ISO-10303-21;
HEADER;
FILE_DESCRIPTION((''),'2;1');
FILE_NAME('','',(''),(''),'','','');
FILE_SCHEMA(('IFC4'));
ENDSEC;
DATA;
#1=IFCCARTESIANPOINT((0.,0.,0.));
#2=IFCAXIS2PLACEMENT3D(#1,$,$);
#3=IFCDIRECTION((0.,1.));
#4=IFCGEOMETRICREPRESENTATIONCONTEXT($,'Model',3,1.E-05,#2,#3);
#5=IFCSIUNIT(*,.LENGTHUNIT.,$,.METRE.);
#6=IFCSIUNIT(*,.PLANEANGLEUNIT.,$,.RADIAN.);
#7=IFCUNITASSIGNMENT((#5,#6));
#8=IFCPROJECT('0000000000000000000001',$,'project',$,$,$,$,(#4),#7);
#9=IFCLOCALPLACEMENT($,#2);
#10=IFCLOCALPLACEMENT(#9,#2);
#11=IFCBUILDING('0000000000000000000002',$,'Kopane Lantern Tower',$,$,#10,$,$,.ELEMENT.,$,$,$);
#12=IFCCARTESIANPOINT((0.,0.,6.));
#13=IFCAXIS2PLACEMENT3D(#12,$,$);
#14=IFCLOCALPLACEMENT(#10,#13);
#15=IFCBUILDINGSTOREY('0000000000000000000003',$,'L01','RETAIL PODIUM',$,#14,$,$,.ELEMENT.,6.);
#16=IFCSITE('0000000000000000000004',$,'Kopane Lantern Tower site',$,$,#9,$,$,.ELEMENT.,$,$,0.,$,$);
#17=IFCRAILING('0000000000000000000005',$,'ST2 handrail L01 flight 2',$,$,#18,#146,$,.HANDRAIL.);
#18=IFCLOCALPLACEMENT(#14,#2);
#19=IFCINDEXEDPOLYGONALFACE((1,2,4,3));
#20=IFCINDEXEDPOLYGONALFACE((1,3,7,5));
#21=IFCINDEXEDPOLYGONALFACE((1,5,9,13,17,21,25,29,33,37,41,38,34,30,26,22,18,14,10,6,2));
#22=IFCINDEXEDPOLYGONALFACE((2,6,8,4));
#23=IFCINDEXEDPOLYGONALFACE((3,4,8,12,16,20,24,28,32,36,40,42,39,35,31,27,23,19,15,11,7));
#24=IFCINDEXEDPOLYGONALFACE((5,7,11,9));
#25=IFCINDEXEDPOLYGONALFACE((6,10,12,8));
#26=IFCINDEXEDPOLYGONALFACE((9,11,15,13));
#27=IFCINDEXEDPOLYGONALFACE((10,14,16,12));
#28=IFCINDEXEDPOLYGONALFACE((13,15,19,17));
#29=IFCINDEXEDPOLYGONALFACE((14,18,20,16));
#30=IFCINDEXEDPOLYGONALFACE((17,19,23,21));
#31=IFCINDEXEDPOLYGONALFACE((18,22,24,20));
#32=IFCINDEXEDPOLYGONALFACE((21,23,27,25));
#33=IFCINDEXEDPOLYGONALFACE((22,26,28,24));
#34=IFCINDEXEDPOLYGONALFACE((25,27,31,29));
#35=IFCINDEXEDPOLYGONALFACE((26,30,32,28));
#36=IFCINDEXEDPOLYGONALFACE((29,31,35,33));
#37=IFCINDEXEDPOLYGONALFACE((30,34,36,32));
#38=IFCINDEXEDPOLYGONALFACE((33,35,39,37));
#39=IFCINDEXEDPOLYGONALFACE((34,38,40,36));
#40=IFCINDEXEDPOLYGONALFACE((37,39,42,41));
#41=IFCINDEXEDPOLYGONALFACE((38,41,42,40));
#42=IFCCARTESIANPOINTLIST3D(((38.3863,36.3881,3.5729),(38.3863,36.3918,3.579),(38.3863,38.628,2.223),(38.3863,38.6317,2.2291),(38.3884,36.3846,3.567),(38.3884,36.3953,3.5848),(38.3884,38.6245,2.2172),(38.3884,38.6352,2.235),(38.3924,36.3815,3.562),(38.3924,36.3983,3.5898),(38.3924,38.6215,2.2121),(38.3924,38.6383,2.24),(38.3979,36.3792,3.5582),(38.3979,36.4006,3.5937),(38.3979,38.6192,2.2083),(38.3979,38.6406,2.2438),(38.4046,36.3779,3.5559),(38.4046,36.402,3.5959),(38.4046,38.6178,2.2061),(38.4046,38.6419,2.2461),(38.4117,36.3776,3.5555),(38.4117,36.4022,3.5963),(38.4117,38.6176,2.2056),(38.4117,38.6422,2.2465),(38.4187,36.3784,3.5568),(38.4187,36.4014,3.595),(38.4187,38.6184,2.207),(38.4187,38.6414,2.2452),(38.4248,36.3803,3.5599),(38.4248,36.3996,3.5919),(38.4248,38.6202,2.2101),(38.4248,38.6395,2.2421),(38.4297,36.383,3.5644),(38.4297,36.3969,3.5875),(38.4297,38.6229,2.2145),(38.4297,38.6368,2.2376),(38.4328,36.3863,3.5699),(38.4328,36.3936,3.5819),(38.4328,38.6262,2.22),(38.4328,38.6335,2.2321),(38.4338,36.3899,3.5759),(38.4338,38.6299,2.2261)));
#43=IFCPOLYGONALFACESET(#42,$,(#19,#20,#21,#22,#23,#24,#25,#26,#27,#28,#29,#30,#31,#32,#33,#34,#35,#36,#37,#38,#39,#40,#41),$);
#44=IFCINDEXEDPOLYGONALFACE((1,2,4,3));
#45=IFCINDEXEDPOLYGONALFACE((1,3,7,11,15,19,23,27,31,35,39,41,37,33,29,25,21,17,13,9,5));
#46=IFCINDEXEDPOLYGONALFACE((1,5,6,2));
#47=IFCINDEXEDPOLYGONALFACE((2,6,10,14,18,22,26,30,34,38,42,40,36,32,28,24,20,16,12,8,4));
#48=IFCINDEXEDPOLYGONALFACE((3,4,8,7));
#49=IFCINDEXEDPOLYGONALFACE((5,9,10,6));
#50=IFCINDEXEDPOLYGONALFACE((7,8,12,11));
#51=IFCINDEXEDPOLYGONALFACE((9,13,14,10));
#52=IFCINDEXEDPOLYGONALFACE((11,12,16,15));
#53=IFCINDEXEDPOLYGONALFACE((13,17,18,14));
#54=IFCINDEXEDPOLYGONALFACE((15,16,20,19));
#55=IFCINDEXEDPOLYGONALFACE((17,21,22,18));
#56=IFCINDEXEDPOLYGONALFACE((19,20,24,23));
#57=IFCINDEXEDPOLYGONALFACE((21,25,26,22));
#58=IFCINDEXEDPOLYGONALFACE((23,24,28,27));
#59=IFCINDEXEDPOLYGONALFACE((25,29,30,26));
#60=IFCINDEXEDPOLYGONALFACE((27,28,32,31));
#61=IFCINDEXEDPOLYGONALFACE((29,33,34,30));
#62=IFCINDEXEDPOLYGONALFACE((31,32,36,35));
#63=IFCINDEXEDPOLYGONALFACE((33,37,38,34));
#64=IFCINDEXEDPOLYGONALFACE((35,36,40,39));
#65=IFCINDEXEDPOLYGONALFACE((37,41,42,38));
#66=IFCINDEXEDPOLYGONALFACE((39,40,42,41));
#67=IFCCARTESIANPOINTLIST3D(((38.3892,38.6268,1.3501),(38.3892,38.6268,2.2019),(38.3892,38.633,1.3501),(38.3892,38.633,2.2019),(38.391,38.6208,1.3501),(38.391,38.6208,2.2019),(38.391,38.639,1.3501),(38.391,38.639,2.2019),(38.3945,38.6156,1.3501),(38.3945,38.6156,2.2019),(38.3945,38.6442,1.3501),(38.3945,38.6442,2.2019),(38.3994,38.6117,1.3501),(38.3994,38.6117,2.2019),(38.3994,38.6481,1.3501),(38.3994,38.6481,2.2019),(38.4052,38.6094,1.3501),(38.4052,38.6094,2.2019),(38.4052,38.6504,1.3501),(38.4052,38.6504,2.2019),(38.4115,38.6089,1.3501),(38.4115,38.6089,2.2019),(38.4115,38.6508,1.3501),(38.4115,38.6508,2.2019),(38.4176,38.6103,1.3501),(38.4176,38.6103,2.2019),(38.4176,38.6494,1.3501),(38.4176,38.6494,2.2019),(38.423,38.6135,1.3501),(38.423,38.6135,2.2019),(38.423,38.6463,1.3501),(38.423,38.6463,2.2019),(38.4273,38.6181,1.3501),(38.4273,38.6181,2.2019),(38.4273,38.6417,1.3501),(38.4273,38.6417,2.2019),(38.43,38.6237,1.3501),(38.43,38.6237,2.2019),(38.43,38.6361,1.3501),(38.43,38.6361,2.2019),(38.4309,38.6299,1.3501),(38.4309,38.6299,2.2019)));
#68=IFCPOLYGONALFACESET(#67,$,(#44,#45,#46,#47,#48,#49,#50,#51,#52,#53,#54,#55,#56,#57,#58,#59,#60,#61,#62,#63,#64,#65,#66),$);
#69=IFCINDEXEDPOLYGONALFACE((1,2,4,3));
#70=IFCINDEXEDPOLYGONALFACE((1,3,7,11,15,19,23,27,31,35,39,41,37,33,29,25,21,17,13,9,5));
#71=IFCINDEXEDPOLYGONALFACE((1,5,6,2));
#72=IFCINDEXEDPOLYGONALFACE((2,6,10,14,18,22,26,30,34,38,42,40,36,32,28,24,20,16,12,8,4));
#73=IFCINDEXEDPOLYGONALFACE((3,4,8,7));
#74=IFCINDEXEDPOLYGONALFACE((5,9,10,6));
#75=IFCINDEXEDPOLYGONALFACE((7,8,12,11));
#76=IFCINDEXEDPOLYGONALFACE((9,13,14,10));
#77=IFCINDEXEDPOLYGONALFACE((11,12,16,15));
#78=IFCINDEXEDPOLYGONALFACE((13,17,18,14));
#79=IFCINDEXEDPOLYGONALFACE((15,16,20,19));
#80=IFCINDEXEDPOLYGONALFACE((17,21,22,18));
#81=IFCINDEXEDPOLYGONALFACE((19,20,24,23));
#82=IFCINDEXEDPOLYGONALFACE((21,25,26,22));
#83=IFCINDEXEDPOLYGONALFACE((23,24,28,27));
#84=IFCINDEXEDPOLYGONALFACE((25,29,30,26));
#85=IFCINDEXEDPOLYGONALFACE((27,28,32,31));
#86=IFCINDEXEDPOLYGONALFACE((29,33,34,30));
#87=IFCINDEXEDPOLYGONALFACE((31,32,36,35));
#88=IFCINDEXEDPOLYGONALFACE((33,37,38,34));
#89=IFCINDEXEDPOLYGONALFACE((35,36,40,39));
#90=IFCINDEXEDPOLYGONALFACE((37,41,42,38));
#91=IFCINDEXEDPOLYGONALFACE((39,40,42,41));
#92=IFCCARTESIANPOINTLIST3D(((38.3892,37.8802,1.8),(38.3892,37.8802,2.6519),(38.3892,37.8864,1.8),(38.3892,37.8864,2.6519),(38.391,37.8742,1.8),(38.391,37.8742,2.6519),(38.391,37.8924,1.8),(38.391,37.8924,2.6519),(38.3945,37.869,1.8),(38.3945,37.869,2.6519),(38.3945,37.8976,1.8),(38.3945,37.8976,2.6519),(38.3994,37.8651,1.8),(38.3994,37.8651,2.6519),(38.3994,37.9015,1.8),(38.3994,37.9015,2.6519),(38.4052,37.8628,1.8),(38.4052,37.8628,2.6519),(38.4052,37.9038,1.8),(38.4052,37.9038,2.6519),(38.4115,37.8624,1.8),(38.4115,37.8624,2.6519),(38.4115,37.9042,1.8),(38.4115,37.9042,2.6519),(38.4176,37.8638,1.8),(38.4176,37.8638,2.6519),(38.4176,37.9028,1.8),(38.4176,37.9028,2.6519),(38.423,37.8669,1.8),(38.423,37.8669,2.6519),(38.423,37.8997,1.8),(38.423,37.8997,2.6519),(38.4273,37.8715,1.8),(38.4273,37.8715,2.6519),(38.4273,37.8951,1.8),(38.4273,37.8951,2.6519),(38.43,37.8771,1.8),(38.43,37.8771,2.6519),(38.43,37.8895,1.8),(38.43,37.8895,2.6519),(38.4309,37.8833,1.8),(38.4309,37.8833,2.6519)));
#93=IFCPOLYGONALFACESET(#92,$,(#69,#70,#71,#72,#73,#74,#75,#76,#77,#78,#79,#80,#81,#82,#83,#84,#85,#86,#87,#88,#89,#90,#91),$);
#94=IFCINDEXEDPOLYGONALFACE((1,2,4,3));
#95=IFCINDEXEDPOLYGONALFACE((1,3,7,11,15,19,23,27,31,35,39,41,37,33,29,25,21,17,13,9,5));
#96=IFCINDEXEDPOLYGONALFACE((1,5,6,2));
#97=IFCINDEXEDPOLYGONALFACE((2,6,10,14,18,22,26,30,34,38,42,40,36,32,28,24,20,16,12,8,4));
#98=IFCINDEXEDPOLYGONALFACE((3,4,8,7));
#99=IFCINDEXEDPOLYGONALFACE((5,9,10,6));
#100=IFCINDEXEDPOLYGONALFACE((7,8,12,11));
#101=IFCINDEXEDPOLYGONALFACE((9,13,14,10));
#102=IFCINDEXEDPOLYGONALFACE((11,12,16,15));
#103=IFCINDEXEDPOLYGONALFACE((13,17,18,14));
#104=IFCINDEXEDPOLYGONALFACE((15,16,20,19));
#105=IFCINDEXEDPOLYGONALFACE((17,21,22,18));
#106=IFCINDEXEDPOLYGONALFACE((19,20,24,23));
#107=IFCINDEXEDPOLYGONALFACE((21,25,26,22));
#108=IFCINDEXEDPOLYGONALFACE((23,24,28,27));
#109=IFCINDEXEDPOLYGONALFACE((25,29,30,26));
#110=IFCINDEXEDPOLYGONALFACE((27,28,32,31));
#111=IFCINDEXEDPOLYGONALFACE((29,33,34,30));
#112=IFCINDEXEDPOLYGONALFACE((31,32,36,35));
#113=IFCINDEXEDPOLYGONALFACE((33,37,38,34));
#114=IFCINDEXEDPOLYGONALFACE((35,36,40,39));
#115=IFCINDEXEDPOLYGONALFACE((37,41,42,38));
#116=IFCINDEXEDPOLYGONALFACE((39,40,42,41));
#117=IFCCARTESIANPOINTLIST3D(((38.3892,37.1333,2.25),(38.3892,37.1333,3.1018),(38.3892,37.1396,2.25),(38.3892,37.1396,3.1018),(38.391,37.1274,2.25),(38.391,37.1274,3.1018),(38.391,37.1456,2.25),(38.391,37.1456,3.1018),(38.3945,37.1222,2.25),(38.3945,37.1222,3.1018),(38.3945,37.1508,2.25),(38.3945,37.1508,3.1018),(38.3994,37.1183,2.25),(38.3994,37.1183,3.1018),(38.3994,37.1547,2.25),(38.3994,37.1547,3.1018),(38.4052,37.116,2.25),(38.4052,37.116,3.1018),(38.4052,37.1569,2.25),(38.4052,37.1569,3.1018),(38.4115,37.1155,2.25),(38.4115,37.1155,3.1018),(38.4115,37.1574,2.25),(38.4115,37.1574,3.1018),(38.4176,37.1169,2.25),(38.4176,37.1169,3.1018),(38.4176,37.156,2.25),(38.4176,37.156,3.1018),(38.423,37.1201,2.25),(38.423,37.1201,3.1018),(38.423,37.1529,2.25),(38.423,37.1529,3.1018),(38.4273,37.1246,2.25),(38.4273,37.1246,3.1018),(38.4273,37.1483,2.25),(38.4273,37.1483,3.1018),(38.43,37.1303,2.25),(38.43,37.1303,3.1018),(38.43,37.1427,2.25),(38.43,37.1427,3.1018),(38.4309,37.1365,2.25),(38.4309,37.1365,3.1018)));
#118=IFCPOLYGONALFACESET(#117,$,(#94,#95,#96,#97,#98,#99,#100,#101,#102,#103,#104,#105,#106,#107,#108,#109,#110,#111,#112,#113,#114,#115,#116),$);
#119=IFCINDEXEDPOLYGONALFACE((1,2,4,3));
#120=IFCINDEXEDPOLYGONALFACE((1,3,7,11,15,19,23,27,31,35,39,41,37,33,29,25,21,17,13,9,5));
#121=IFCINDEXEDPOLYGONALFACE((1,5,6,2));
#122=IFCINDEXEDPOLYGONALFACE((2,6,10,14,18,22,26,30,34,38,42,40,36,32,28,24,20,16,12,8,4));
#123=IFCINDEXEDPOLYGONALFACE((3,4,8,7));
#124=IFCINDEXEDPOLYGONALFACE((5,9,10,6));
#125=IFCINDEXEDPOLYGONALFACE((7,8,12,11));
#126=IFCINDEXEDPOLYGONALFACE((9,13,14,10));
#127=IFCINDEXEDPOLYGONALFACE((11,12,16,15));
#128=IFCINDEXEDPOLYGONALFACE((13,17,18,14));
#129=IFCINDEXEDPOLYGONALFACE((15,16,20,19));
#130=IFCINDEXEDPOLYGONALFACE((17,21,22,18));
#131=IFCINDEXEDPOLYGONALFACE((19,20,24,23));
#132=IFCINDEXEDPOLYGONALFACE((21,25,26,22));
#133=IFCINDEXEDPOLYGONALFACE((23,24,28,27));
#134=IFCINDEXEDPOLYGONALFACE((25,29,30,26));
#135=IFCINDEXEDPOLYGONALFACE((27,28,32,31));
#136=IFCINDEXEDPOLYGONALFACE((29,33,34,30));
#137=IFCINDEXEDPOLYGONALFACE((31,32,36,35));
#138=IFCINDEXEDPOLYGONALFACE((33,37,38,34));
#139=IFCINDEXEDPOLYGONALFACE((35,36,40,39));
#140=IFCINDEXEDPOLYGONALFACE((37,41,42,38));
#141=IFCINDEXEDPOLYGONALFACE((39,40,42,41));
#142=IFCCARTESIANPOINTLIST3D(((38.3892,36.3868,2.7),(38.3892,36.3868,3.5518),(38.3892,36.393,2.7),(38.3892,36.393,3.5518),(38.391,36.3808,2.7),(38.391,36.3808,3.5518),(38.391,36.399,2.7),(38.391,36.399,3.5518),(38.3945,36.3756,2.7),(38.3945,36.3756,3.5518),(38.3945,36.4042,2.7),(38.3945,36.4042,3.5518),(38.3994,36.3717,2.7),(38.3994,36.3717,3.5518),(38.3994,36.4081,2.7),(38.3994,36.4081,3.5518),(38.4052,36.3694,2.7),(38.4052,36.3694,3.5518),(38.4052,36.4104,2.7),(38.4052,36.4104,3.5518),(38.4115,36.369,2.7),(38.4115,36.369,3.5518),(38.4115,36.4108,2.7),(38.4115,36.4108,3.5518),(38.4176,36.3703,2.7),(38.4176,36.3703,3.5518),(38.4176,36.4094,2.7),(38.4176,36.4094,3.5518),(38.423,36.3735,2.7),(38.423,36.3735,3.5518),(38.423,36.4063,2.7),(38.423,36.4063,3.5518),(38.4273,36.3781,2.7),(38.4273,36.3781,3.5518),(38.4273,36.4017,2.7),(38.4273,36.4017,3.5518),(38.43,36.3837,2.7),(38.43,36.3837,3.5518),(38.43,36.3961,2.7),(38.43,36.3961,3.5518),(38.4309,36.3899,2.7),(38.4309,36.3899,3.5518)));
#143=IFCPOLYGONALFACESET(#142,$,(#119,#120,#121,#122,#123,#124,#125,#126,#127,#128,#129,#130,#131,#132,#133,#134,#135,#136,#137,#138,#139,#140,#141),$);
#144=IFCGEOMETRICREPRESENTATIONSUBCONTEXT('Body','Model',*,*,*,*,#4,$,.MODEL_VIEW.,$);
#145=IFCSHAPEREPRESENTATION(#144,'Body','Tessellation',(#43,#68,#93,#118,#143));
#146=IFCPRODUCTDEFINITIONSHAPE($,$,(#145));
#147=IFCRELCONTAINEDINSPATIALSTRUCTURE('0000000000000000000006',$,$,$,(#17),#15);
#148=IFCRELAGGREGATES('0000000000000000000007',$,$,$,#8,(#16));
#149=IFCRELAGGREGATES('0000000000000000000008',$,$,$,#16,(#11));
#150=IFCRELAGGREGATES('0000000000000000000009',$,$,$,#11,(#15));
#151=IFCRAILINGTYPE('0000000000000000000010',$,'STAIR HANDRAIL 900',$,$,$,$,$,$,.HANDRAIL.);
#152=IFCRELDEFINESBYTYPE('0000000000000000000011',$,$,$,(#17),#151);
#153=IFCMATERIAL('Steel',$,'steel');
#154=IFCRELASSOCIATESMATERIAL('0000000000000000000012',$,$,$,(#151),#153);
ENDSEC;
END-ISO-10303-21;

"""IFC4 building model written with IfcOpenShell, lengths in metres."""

from ifc_helpers import new_model, si_unit, direction, frame, origin, origin_2d, place, context, subcontext, project, spatial, circle, extrude, material, type_object, element, save


model = new_model("IFC4")

# Units and contexts
model_context = context("Model", 3, precision=1e-05, world=origin(), true_north=direction((0.0, 1.0)))
body_context = subcontext(model_context, "Body", "Model", "MODEL_VIEW")
ifc_project = project(units=[si_unit("LENGTHUNIT", "METRE"), si_unit("PLANEANGLEUNIT", "RADIAN")], contexts=[model_context])

# Site, building, storey
site_placement = place(None, origin())
site = spatial("IfcSite", under=ifc_project, at=site_placement, Name="Kopane Lantern Tower site", CompositionType="ELEMENT", RefElevation=0.0)
building_placement = place(site_placement, origin())
building = spatial("IfcBuilding", under=site, at=building_placement, Name="Kopane Lantern Tower", CompositionType="ELEMENT")
storey_placement = place(building_placement, frame((0.0, 0.0, 6.0)))
storey = spatial("IfcBuildingStorey", under=building, at=storey_placement, Name="L01", Description="RETAIL PODIUM", CompositionType="ELEMENT", Elevation=6.0)

# Railing
ifc_material_1 = material(Name="Steel", Category="steel")
railing_type_1 = type_object("IfcRailingType", Name="STAIR HANDRAIL 900", PredefinedType="HANDRAIL", material=ifc_material_1)
for number, where, name in (
    (1, (38.4099, 38.6299, 1.3501), "ST2 handrail L01 flight 2"),
):
    element("IfcRailing", number, at=place(storey_placement, frame(where)), inside=storey, type_object=railing_type_1, Name=name, PredefinedType="HANDRAIL", context=body_context, shape_type="SweptSolid", body=[
        extrude(circle(Radius=0.0239, at=origin_2d()), frame((0.0, 0.0, 0.876), z_axis=(0.0, -0.856503, 0.516142), x_axis=(1.0, 0.0, 0.0)), (0.0, 0.0, 1.0), 2.6152),
        extrude(circle(Radius=0.021, at=origin_2d()), origin(), (0.0, 0.0, 1.0), 0.8518),
        extrude(circle(Radius=0.021, at=origin_2d()), frame((0.0, -0.7466, 0.45)), (0.0, 0.0, 1.0), 0.8518),
        extrude(circle(Radius=0.021, at=origin_2d()), frame((0.0, -1.4934, 0.8999)), (0.0, 0.0, 1.0), 0.8518),
        extrude(circle(Radius=0.021, at=origin_2d()), frame((0.0, -2.24, 1.3499)), (0.0, 0.0, 1.0), 0.8518),
    ])

save(model, "model.ifc")
